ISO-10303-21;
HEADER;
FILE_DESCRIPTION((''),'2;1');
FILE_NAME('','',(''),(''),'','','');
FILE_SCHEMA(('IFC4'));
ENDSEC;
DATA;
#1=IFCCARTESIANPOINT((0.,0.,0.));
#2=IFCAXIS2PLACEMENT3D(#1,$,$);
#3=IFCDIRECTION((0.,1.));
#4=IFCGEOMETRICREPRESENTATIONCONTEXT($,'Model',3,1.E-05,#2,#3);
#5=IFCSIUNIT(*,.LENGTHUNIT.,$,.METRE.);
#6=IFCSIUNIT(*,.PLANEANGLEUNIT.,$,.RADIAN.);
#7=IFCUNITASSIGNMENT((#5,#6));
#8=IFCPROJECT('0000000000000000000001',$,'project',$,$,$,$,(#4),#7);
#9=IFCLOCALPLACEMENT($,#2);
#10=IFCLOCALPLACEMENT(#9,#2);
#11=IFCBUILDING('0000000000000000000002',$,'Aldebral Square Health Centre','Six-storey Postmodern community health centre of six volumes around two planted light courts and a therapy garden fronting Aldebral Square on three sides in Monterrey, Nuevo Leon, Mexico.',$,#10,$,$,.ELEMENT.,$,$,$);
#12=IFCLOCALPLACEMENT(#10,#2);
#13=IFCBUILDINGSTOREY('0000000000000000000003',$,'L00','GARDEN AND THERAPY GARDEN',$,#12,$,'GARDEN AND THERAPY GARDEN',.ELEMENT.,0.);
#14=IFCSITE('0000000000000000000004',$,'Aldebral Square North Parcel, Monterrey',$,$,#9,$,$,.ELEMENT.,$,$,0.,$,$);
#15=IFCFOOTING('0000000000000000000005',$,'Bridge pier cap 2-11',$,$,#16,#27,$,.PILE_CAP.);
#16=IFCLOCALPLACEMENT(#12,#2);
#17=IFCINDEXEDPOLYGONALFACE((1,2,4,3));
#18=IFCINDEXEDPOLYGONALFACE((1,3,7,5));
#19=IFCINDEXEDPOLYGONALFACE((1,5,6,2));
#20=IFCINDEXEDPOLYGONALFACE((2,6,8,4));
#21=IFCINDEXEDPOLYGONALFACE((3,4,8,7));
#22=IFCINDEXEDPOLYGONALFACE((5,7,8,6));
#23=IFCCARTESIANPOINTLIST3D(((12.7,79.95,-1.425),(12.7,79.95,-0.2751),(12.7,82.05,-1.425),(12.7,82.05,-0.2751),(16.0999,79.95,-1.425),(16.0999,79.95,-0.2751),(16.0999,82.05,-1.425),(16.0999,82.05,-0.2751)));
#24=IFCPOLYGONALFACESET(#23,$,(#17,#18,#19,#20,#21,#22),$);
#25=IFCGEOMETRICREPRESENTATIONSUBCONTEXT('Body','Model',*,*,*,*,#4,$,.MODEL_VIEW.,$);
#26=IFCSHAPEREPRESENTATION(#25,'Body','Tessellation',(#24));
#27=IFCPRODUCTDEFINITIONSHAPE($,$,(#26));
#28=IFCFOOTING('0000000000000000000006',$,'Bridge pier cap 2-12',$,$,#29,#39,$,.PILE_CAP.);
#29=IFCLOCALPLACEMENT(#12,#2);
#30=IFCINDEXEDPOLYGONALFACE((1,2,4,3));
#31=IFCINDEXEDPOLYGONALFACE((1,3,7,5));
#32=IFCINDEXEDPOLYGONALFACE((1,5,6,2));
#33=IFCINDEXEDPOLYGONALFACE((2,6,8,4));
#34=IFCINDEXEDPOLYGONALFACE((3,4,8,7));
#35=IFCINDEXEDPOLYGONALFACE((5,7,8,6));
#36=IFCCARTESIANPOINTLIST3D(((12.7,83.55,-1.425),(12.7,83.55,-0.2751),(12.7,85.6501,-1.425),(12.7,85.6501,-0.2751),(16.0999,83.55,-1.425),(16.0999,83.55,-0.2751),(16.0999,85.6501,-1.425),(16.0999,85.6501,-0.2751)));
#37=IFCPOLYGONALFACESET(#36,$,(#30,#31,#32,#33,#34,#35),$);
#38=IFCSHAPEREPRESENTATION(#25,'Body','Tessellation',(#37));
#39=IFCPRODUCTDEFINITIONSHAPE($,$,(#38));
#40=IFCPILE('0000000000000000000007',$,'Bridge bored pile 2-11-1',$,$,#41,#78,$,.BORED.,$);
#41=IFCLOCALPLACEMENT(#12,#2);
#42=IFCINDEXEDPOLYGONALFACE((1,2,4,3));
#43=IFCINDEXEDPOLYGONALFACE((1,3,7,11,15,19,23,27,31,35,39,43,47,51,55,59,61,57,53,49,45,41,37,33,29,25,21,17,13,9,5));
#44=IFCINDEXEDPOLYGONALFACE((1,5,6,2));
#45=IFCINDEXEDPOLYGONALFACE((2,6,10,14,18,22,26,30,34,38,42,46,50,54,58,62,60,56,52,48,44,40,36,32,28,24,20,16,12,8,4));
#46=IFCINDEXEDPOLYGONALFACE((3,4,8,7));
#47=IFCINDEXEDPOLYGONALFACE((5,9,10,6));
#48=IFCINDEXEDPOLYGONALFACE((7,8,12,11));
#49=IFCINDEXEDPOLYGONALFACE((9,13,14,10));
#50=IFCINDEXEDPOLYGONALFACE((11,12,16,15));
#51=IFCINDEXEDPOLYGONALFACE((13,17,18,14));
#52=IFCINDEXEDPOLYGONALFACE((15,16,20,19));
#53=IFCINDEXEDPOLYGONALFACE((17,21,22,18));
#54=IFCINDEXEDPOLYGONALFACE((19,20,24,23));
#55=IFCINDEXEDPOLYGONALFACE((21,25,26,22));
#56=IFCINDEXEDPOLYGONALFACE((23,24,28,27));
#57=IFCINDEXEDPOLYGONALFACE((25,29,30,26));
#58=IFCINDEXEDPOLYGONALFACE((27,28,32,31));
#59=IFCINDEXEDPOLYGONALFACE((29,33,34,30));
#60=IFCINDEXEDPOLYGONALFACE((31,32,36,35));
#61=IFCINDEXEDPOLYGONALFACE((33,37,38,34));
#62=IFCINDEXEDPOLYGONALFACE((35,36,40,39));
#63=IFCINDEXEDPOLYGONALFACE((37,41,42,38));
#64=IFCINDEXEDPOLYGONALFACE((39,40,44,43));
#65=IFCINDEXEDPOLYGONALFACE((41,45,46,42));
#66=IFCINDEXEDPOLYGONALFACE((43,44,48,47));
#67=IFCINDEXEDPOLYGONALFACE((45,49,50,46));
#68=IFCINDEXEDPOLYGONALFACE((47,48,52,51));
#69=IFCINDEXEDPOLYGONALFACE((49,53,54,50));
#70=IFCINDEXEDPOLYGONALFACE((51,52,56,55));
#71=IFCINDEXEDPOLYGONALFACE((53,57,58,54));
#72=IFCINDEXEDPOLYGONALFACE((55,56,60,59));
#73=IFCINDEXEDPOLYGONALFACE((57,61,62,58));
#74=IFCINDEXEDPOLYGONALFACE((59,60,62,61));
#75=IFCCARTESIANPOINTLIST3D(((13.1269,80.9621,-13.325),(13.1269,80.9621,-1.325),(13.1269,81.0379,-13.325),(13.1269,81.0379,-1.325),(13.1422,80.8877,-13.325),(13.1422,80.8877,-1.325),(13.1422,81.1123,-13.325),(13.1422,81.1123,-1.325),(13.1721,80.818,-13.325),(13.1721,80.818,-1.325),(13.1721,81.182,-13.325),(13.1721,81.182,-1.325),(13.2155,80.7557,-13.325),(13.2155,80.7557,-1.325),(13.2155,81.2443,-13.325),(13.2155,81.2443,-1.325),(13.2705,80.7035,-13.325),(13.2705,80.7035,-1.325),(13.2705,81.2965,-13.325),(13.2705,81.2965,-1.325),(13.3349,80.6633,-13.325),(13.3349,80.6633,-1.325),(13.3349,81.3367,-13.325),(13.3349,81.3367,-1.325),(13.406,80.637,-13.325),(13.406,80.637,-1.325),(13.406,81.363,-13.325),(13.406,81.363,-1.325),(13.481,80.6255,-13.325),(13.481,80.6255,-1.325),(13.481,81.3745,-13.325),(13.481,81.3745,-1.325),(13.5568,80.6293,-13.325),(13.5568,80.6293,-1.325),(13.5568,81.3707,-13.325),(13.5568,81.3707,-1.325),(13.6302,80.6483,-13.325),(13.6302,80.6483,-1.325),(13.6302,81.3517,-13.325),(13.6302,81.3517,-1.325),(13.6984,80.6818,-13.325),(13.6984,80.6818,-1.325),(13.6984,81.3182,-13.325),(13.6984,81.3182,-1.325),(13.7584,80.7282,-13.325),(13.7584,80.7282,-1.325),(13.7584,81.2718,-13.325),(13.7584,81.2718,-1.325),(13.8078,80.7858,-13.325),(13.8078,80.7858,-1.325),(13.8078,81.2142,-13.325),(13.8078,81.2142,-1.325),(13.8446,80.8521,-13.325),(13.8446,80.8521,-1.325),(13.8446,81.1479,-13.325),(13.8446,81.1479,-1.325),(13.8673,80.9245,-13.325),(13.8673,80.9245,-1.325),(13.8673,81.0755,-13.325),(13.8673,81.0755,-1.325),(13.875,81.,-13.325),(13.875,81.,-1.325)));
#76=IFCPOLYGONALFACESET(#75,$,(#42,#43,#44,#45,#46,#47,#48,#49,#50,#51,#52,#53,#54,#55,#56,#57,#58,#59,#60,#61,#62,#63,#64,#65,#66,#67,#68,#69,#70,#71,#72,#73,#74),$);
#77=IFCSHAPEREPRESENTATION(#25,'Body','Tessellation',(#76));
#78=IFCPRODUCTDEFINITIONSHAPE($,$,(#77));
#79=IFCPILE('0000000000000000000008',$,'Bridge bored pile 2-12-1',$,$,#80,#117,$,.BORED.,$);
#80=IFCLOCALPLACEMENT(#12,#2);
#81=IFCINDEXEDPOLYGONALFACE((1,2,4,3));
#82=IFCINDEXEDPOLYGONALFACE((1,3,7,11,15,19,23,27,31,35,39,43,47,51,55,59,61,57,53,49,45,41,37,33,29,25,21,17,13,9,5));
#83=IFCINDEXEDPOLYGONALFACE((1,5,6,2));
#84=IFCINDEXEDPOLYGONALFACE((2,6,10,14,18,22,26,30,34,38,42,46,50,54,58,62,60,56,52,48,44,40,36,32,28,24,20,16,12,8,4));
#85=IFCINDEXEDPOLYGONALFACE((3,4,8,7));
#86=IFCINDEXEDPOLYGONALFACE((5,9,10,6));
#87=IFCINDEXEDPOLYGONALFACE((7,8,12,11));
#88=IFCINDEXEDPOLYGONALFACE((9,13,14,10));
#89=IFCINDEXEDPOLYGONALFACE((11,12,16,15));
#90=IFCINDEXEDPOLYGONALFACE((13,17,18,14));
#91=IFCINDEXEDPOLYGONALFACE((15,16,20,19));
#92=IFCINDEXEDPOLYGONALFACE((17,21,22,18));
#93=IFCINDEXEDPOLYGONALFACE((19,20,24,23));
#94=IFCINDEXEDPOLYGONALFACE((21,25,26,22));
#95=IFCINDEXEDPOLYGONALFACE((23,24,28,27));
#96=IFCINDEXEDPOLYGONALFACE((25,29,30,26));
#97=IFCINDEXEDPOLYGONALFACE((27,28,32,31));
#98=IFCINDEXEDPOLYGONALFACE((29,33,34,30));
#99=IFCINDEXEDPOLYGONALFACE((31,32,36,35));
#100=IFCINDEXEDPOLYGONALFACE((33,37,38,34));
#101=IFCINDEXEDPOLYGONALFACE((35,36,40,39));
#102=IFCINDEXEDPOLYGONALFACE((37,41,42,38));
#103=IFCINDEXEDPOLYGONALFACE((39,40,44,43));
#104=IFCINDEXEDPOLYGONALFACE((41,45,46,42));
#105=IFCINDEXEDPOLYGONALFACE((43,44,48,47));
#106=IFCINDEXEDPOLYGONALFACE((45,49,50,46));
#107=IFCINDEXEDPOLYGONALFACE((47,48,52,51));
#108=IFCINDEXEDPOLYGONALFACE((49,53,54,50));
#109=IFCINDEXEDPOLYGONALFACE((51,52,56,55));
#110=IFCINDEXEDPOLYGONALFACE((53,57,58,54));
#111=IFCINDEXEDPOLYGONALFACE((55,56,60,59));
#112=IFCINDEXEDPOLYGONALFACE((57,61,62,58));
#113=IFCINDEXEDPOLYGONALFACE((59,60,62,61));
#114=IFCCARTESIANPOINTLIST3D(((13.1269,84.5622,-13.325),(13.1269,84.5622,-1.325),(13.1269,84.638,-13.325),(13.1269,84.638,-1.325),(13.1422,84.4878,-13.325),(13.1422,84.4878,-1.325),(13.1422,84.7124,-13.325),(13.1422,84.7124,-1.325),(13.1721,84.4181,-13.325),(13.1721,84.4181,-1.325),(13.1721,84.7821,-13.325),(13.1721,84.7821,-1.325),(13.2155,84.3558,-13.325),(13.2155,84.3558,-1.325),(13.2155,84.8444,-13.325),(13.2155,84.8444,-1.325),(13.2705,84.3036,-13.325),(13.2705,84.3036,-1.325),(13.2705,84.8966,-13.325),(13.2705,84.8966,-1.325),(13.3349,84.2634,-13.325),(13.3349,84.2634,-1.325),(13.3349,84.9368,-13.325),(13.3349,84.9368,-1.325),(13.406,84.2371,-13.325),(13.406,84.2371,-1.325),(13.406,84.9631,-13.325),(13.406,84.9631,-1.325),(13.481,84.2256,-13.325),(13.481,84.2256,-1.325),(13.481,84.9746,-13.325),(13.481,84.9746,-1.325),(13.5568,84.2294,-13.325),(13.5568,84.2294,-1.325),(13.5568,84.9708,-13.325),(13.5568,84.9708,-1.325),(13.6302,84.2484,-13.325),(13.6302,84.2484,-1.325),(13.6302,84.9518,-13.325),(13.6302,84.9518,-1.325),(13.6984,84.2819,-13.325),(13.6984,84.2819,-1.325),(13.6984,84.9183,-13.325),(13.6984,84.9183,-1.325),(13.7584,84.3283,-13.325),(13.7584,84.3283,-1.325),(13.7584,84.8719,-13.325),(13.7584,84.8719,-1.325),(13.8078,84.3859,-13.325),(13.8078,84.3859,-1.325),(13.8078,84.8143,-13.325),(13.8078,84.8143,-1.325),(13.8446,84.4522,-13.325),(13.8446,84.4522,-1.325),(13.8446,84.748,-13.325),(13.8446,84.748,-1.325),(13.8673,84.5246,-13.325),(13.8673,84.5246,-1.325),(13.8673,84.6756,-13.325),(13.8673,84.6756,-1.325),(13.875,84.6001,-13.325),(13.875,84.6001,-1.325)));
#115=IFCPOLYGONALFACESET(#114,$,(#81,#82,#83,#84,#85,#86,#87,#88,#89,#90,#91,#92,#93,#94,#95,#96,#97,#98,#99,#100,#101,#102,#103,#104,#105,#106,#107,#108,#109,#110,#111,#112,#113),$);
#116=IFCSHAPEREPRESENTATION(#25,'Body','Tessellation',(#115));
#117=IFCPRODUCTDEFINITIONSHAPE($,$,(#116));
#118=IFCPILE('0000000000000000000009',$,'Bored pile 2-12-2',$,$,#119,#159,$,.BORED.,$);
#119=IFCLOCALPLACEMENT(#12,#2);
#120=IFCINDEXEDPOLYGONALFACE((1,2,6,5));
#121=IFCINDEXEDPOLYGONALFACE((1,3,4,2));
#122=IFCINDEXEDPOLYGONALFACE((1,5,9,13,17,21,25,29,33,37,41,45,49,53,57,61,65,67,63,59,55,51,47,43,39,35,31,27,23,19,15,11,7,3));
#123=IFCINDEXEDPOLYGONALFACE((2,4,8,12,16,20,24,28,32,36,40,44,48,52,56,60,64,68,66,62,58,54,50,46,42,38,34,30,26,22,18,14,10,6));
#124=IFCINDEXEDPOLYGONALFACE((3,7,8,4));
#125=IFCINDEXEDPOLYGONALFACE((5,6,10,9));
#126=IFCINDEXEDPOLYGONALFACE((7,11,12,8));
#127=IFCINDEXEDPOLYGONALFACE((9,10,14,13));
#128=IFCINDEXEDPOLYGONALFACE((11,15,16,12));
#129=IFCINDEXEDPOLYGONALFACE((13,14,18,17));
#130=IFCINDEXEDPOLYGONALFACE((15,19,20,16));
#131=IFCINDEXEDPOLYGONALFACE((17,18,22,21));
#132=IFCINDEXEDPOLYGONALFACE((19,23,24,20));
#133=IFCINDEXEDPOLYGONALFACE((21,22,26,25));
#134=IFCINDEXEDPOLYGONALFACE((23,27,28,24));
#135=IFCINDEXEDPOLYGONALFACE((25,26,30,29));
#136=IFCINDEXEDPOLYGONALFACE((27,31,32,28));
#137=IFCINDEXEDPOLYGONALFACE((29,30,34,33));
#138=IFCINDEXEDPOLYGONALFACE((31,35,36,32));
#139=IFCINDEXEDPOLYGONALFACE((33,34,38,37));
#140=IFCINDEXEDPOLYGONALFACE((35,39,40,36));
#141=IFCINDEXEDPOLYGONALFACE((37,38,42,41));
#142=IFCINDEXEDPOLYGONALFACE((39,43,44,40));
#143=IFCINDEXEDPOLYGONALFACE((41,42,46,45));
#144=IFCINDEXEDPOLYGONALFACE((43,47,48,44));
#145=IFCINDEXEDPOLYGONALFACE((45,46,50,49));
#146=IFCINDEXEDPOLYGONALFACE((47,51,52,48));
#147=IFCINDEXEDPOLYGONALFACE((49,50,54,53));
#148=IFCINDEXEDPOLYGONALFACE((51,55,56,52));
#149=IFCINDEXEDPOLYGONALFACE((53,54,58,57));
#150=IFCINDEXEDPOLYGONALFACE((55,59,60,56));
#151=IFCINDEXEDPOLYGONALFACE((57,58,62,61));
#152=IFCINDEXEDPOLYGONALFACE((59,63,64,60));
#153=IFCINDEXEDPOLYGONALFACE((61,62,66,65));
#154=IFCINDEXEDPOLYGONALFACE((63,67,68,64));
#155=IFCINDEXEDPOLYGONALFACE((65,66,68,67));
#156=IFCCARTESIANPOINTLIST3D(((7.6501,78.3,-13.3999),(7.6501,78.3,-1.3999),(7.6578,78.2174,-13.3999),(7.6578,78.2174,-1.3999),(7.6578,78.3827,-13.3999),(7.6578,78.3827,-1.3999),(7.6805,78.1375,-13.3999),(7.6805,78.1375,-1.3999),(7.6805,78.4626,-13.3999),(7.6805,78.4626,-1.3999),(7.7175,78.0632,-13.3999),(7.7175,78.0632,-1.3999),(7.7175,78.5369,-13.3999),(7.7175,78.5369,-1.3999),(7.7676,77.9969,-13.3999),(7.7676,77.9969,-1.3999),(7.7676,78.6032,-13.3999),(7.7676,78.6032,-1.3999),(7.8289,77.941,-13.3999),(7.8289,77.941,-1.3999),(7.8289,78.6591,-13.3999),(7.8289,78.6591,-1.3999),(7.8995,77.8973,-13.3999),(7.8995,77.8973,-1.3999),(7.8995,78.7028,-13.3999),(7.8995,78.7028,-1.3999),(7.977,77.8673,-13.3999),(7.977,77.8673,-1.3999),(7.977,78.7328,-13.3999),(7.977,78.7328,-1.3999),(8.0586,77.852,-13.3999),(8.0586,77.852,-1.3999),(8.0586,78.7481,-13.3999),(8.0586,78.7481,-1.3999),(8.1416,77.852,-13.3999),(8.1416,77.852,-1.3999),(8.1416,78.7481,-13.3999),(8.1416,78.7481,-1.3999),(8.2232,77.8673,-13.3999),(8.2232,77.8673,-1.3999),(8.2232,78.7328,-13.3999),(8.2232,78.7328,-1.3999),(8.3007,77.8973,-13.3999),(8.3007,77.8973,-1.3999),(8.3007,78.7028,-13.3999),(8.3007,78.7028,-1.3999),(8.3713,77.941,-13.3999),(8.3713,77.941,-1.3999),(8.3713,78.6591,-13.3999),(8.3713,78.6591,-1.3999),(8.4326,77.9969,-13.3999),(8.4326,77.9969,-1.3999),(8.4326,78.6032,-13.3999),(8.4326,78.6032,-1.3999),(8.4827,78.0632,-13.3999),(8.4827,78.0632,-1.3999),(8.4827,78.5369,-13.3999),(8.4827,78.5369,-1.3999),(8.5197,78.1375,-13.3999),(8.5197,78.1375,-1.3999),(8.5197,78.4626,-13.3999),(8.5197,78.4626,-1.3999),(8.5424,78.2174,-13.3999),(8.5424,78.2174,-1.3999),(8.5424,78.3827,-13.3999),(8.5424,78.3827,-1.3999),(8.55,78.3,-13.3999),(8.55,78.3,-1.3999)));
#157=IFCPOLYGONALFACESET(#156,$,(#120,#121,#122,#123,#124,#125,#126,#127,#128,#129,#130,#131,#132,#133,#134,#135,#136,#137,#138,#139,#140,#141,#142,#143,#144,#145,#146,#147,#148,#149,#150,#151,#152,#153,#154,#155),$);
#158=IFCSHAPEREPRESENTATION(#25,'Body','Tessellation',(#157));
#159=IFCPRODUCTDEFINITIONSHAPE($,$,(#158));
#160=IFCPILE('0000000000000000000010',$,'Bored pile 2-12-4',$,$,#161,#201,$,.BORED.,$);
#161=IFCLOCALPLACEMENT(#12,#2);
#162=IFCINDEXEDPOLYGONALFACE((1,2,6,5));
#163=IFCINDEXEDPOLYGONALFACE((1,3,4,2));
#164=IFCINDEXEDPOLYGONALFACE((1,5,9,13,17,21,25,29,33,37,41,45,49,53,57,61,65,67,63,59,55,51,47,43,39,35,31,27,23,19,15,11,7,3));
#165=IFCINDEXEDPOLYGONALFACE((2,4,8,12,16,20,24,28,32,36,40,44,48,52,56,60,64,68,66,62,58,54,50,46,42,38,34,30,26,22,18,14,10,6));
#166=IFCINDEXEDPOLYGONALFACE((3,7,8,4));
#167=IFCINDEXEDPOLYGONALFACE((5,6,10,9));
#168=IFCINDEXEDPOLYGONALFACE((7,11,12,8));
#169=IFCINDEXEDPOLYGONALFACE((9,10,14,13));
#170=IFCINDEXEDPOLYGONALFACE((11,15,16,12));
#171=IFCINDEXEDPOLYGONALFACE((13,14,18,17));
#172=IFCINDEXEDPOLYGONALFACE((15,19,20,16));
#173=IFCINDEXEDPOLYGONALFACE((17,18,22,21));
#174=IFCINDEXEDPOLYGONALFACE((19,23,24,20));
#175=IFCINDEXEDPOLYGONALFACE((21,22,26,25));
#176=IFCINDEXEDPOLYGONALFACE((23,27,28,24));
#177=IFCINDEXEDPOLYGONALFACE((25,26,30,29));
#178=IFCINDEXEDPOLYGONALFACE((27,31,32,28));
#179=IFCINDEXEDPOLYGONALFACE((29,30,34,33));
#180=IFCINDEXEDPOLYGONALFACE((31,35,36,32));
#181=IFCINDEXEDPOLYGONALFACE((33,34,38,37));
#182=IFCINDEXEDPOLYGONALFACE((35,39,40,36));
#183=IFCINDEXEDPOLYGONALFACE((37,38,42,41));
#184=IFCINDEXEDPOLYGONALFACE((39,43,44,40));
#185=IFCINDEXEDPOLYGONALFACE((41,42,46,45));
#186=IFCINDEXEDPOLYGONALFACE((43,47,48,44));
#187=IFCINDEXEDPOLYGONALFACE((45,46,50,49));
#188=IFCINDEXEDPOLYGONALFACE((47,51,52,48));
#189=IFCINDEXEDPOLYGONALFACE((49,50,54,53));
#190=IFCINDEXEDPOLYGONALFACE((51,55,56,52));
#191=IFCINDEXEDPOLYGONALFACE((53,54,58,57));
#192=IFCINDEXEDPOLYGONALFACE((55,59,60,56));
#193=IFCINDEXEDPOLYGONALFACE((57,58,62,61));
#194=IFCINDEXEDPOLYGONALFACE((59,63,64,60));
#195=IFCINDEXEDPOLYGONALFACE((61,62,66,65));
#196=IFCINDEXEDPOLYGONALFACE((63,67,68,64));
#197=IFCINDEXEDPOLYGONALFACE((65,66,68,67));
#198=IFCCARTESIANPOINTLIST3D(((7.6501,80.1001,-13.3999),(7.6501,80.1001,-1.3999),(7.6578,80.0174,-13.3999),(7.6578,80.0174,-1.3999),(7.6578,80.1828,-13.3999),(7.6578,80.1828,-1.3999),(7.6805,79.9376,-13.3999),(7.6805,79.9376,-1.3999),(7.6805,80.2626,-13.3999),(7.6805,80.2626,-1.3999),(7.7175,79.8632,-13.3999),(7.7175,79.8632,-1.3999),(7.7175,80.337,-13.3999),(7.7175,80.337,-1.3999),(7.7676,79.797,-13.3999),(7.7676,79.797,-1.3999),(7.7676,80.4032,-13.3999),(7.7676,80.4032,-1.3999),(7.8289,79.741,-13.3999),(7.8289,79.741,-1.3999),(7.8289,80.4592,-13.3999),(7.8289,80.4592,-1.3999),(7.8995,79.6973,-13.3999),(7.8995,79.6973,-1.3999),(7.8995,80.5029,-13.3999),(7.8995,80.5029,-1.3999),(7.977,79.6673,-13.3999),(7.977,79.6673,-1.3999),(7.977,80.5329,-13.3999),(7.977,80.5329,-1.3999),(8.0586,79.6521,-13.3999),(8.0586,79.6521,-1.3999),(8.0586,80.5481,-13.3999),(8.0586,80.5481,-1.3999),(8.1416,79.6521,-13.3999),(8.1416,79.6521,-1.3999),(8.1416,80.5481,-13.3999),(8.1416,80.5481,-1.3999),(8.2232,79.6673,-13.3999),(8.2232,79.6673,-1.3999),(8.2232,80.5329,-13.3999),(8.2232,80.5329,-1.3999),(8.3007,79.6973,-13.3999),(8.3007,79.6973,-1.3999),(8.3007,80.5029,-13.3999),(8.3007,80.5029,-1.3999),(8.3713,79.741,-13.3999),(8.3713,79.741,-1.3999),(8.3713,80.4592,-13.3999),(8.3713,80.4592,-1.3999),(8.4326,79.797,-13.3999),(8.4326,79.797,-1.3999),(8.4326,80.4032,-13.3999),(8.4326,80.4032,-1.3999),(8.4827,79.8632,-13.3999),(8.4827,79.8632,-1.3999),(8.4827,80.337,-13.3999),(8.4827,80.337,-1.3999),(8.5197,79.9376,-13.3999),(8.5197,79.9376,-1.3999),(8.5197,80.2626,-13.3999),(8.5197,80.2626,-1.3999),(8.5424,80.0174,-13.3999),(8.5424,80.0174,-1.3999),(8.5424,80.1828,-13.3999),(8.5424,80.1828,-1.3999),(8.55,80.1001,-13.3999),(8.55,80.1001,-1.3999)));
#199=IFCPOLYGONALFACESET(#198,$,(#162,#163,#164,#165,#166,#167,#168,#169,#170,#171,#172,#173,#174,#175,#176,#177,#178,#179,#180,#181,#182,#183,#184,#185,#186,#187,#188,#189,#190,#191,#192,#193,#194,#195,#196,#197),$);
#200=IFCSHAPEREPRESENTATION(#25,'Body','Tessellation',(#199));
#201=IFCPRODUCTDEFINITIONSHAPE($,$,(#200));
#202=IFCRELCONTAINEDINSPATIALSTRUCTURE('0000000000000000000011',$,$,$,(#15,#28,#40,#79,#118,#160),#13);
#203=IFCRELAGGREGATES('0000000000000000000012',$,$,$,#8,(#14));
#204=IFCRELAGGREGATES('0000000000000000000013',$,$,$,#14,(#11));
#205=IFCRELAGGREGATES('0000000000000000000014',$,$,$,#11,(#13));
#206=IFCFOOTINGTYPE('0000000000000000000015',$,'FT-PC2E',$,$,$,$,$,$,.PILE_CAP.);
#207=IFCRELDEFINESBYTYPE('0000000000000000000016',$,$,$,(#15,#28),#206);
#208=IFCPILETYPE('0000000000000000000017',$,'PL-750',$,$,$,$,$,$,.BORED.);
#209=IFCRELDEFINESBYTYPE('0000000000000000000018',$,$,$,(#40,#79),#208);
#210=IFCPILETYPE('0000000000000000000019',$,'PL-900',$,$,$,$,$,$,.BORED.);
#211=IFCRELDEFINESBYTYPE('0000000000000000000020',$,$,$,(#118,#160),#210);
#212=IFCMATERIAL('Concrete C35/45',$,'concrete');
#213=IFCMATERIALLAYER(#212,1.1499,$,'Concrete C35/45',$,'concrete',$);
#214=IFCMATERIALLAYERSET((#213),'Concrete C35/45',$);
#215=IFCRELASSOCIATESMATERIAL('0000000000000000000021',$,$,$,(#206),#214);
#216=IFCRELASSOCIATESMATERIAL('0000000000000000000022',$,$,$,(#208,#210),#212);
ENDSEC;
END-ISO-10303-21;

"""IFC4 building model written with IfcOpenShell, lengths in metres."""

from ifc_helpers import new_model, si_unit, direction, frame, origin, origin_2d, place, context, subcontext, project, spatial, rectangle, circle, extrude, material, layer, layer_set, material_profile, profile_set, type_object, element, save


model = new_model("IFC4")

# Units and contexts
model_context = context("Model", 3, precision=1e-05, world=origin(), true_north=direction((0.0, 1.0)))
body_context = subcontext(model_context, "Body", "Model", "MODEL_VIEW")
ifc_project = project(units=[si_unit("LENGTHUNIT", "METRE"), si_unit("PLANEANGLEUNIT", "RADIAN")], contexts=[model_context])

# Site, building, storey
site_placement = place(None, origin())
site = spatial("IfcSite", under=ifc_project, at=site_placement, Name="Aldebral Square North Parcel, Monterrey", CompositionType="ELEMENT", RefElevation=0.0)
building_placement = place(site_placement, origin())
building = spatial("IfcBuilding", under=site, at=building_placement, Name="Aldebral Square Health Centre", Description="Six-storey Postmodern community health centre of six volumes around two planted light courts and a therapy garden fronting Aldebral Square on three sides in Monterrey, Nuevo Leon, Mexico.", CompositionType="ELEMENT")
storey_placement = place(building_placement, origin())
storey = spatial("IfcBuildingStorey", under=building, at=storey_placement, Name="L00", Description="GARDEN AND THERAPY GARDEN", LongName="GARDEN AND THERAPY GARDEN", CompositionType="ELEMENT", Elevation=0.0)

# Footings
ifc_material_1 = material(Name="Concrete C35/45", Category="concrete")
ifc_layer_1 = layer(ifc_material_1, 1.1499, Name="Concrete C35/45", Category="concrete")
ifc_layer_set_1 = layer_set([ifc_layer_1], Name="Concrete C35/45")
footing_type = type_object("IfcFootingType", Name="FT-PC2E", PredefinedType="PILE_CAP", material=ifc_layer_set_1)
for number, where, z_axis, x_axis, name in (
    (1, (14.3999, 81.0, -1.425), (0.0, 0.0, 1.0), (1.0, 0.0, 0.0), "Bridge pier cap 2-11"),
    (2, (14.3999, 84.6001, -1.425), (0.0, 0.0, 1.0), (1.0, 0.0, 0.0), "Bridge pier cap 2-12"),
):
    element("IfcFooting", number, at=place(storey_placement, frame(where, z_axis=z_axis, x_axis=x_axis)), inside=storey, type_object=footing_type, Name=name, PredefinedType="PILE_CAP", context=body_context, shape_type="SweptSolid", body=[
        extrude(rectangle(XDim=3.3999, YDim=2.1001, at=origin_2d()), origin(), (0.0, 0.0, 1.0), 1.1499),
    ])

# Piles
ifc_material_profile_1 = material_profile(ifc_material_1, circle(Radius=0.375, at=origin_2d()), Name="PILE D750")
ifc_profile_set_1 = profile_set([ifc_material_profile_1], Name="Concrete C35/45")
pile_type_1 = type_object("IfcPileType", Name="PL-750", PredefinedType="BORED", material=ifc_profile_set_1)
for number, where, z_axis, x_axis, name in (
    (3, (13.5, 81.0, -1.325), (0.0, 0.0, -1.0), (1.0, 0.0, 0.0), "Bridge bored pile 2-11-1"),
    (4, (13.5, 84.6001, -1.325), (0.0, 0.0, -1.0), (1.0, 0.0, 0.0), "Bridge bored pile 2-12-1"),
):
    element("IfcPile", number, at=place(storey_placement, frame(where, z_axis=z_axis, x_axis=x_axis)), inside=storey, type_object=pile_type_1, Name=name, PredefinedType="BORED", context=body_context, shape_type="SweptSolid", body=[
        extrude(circle(Radius=0.375, at=origin_2d()), origin(), (0.0, 0.0, 1.0), 12.0),
    ])
ifc_material_profile_2 = material_profile(ifc_material_1, circle(Radius=0.45, at=origin_2d()), Name="PILE D900")
ifc_profile_set_2 = profile_set([ifc_material_profile_2], Name="Concrete C35/45")
pile_type_2 = type_object("IfcPileType", Name="PL-900", PredefinedType="BORED", material=ifc_profile_set_2)
for number, where, z_axis, x_axis, name in (
    (5, (8.1001, 78.3, -1.3999), (0.0, 0.0, -1.0), (1.0, 0.0, 0.0), "Bored pile 2-12-2"),
    (6, (8.1001, 80.1001, -1.3999), (0.0, 0.0, -1.0), (1.0, 0.0, 0.0), "Bored pile 2-12-4"),
):
    element("IfcPile", number, at=place(storey_placement, frame(where, z_axis=z_axis, x_axis=x_axis)), inside=storey, type_object=pile_type_2, Name=name, PredefinedType="BORED", context=body_context, shape_type="SweptSolid", body=[
        extrude(circle(Radius=0.45, at=origin_2d()), origin(), (0.0, 0.0, 1.0), 12.0),
    ])

save(model, "model.ifc")
